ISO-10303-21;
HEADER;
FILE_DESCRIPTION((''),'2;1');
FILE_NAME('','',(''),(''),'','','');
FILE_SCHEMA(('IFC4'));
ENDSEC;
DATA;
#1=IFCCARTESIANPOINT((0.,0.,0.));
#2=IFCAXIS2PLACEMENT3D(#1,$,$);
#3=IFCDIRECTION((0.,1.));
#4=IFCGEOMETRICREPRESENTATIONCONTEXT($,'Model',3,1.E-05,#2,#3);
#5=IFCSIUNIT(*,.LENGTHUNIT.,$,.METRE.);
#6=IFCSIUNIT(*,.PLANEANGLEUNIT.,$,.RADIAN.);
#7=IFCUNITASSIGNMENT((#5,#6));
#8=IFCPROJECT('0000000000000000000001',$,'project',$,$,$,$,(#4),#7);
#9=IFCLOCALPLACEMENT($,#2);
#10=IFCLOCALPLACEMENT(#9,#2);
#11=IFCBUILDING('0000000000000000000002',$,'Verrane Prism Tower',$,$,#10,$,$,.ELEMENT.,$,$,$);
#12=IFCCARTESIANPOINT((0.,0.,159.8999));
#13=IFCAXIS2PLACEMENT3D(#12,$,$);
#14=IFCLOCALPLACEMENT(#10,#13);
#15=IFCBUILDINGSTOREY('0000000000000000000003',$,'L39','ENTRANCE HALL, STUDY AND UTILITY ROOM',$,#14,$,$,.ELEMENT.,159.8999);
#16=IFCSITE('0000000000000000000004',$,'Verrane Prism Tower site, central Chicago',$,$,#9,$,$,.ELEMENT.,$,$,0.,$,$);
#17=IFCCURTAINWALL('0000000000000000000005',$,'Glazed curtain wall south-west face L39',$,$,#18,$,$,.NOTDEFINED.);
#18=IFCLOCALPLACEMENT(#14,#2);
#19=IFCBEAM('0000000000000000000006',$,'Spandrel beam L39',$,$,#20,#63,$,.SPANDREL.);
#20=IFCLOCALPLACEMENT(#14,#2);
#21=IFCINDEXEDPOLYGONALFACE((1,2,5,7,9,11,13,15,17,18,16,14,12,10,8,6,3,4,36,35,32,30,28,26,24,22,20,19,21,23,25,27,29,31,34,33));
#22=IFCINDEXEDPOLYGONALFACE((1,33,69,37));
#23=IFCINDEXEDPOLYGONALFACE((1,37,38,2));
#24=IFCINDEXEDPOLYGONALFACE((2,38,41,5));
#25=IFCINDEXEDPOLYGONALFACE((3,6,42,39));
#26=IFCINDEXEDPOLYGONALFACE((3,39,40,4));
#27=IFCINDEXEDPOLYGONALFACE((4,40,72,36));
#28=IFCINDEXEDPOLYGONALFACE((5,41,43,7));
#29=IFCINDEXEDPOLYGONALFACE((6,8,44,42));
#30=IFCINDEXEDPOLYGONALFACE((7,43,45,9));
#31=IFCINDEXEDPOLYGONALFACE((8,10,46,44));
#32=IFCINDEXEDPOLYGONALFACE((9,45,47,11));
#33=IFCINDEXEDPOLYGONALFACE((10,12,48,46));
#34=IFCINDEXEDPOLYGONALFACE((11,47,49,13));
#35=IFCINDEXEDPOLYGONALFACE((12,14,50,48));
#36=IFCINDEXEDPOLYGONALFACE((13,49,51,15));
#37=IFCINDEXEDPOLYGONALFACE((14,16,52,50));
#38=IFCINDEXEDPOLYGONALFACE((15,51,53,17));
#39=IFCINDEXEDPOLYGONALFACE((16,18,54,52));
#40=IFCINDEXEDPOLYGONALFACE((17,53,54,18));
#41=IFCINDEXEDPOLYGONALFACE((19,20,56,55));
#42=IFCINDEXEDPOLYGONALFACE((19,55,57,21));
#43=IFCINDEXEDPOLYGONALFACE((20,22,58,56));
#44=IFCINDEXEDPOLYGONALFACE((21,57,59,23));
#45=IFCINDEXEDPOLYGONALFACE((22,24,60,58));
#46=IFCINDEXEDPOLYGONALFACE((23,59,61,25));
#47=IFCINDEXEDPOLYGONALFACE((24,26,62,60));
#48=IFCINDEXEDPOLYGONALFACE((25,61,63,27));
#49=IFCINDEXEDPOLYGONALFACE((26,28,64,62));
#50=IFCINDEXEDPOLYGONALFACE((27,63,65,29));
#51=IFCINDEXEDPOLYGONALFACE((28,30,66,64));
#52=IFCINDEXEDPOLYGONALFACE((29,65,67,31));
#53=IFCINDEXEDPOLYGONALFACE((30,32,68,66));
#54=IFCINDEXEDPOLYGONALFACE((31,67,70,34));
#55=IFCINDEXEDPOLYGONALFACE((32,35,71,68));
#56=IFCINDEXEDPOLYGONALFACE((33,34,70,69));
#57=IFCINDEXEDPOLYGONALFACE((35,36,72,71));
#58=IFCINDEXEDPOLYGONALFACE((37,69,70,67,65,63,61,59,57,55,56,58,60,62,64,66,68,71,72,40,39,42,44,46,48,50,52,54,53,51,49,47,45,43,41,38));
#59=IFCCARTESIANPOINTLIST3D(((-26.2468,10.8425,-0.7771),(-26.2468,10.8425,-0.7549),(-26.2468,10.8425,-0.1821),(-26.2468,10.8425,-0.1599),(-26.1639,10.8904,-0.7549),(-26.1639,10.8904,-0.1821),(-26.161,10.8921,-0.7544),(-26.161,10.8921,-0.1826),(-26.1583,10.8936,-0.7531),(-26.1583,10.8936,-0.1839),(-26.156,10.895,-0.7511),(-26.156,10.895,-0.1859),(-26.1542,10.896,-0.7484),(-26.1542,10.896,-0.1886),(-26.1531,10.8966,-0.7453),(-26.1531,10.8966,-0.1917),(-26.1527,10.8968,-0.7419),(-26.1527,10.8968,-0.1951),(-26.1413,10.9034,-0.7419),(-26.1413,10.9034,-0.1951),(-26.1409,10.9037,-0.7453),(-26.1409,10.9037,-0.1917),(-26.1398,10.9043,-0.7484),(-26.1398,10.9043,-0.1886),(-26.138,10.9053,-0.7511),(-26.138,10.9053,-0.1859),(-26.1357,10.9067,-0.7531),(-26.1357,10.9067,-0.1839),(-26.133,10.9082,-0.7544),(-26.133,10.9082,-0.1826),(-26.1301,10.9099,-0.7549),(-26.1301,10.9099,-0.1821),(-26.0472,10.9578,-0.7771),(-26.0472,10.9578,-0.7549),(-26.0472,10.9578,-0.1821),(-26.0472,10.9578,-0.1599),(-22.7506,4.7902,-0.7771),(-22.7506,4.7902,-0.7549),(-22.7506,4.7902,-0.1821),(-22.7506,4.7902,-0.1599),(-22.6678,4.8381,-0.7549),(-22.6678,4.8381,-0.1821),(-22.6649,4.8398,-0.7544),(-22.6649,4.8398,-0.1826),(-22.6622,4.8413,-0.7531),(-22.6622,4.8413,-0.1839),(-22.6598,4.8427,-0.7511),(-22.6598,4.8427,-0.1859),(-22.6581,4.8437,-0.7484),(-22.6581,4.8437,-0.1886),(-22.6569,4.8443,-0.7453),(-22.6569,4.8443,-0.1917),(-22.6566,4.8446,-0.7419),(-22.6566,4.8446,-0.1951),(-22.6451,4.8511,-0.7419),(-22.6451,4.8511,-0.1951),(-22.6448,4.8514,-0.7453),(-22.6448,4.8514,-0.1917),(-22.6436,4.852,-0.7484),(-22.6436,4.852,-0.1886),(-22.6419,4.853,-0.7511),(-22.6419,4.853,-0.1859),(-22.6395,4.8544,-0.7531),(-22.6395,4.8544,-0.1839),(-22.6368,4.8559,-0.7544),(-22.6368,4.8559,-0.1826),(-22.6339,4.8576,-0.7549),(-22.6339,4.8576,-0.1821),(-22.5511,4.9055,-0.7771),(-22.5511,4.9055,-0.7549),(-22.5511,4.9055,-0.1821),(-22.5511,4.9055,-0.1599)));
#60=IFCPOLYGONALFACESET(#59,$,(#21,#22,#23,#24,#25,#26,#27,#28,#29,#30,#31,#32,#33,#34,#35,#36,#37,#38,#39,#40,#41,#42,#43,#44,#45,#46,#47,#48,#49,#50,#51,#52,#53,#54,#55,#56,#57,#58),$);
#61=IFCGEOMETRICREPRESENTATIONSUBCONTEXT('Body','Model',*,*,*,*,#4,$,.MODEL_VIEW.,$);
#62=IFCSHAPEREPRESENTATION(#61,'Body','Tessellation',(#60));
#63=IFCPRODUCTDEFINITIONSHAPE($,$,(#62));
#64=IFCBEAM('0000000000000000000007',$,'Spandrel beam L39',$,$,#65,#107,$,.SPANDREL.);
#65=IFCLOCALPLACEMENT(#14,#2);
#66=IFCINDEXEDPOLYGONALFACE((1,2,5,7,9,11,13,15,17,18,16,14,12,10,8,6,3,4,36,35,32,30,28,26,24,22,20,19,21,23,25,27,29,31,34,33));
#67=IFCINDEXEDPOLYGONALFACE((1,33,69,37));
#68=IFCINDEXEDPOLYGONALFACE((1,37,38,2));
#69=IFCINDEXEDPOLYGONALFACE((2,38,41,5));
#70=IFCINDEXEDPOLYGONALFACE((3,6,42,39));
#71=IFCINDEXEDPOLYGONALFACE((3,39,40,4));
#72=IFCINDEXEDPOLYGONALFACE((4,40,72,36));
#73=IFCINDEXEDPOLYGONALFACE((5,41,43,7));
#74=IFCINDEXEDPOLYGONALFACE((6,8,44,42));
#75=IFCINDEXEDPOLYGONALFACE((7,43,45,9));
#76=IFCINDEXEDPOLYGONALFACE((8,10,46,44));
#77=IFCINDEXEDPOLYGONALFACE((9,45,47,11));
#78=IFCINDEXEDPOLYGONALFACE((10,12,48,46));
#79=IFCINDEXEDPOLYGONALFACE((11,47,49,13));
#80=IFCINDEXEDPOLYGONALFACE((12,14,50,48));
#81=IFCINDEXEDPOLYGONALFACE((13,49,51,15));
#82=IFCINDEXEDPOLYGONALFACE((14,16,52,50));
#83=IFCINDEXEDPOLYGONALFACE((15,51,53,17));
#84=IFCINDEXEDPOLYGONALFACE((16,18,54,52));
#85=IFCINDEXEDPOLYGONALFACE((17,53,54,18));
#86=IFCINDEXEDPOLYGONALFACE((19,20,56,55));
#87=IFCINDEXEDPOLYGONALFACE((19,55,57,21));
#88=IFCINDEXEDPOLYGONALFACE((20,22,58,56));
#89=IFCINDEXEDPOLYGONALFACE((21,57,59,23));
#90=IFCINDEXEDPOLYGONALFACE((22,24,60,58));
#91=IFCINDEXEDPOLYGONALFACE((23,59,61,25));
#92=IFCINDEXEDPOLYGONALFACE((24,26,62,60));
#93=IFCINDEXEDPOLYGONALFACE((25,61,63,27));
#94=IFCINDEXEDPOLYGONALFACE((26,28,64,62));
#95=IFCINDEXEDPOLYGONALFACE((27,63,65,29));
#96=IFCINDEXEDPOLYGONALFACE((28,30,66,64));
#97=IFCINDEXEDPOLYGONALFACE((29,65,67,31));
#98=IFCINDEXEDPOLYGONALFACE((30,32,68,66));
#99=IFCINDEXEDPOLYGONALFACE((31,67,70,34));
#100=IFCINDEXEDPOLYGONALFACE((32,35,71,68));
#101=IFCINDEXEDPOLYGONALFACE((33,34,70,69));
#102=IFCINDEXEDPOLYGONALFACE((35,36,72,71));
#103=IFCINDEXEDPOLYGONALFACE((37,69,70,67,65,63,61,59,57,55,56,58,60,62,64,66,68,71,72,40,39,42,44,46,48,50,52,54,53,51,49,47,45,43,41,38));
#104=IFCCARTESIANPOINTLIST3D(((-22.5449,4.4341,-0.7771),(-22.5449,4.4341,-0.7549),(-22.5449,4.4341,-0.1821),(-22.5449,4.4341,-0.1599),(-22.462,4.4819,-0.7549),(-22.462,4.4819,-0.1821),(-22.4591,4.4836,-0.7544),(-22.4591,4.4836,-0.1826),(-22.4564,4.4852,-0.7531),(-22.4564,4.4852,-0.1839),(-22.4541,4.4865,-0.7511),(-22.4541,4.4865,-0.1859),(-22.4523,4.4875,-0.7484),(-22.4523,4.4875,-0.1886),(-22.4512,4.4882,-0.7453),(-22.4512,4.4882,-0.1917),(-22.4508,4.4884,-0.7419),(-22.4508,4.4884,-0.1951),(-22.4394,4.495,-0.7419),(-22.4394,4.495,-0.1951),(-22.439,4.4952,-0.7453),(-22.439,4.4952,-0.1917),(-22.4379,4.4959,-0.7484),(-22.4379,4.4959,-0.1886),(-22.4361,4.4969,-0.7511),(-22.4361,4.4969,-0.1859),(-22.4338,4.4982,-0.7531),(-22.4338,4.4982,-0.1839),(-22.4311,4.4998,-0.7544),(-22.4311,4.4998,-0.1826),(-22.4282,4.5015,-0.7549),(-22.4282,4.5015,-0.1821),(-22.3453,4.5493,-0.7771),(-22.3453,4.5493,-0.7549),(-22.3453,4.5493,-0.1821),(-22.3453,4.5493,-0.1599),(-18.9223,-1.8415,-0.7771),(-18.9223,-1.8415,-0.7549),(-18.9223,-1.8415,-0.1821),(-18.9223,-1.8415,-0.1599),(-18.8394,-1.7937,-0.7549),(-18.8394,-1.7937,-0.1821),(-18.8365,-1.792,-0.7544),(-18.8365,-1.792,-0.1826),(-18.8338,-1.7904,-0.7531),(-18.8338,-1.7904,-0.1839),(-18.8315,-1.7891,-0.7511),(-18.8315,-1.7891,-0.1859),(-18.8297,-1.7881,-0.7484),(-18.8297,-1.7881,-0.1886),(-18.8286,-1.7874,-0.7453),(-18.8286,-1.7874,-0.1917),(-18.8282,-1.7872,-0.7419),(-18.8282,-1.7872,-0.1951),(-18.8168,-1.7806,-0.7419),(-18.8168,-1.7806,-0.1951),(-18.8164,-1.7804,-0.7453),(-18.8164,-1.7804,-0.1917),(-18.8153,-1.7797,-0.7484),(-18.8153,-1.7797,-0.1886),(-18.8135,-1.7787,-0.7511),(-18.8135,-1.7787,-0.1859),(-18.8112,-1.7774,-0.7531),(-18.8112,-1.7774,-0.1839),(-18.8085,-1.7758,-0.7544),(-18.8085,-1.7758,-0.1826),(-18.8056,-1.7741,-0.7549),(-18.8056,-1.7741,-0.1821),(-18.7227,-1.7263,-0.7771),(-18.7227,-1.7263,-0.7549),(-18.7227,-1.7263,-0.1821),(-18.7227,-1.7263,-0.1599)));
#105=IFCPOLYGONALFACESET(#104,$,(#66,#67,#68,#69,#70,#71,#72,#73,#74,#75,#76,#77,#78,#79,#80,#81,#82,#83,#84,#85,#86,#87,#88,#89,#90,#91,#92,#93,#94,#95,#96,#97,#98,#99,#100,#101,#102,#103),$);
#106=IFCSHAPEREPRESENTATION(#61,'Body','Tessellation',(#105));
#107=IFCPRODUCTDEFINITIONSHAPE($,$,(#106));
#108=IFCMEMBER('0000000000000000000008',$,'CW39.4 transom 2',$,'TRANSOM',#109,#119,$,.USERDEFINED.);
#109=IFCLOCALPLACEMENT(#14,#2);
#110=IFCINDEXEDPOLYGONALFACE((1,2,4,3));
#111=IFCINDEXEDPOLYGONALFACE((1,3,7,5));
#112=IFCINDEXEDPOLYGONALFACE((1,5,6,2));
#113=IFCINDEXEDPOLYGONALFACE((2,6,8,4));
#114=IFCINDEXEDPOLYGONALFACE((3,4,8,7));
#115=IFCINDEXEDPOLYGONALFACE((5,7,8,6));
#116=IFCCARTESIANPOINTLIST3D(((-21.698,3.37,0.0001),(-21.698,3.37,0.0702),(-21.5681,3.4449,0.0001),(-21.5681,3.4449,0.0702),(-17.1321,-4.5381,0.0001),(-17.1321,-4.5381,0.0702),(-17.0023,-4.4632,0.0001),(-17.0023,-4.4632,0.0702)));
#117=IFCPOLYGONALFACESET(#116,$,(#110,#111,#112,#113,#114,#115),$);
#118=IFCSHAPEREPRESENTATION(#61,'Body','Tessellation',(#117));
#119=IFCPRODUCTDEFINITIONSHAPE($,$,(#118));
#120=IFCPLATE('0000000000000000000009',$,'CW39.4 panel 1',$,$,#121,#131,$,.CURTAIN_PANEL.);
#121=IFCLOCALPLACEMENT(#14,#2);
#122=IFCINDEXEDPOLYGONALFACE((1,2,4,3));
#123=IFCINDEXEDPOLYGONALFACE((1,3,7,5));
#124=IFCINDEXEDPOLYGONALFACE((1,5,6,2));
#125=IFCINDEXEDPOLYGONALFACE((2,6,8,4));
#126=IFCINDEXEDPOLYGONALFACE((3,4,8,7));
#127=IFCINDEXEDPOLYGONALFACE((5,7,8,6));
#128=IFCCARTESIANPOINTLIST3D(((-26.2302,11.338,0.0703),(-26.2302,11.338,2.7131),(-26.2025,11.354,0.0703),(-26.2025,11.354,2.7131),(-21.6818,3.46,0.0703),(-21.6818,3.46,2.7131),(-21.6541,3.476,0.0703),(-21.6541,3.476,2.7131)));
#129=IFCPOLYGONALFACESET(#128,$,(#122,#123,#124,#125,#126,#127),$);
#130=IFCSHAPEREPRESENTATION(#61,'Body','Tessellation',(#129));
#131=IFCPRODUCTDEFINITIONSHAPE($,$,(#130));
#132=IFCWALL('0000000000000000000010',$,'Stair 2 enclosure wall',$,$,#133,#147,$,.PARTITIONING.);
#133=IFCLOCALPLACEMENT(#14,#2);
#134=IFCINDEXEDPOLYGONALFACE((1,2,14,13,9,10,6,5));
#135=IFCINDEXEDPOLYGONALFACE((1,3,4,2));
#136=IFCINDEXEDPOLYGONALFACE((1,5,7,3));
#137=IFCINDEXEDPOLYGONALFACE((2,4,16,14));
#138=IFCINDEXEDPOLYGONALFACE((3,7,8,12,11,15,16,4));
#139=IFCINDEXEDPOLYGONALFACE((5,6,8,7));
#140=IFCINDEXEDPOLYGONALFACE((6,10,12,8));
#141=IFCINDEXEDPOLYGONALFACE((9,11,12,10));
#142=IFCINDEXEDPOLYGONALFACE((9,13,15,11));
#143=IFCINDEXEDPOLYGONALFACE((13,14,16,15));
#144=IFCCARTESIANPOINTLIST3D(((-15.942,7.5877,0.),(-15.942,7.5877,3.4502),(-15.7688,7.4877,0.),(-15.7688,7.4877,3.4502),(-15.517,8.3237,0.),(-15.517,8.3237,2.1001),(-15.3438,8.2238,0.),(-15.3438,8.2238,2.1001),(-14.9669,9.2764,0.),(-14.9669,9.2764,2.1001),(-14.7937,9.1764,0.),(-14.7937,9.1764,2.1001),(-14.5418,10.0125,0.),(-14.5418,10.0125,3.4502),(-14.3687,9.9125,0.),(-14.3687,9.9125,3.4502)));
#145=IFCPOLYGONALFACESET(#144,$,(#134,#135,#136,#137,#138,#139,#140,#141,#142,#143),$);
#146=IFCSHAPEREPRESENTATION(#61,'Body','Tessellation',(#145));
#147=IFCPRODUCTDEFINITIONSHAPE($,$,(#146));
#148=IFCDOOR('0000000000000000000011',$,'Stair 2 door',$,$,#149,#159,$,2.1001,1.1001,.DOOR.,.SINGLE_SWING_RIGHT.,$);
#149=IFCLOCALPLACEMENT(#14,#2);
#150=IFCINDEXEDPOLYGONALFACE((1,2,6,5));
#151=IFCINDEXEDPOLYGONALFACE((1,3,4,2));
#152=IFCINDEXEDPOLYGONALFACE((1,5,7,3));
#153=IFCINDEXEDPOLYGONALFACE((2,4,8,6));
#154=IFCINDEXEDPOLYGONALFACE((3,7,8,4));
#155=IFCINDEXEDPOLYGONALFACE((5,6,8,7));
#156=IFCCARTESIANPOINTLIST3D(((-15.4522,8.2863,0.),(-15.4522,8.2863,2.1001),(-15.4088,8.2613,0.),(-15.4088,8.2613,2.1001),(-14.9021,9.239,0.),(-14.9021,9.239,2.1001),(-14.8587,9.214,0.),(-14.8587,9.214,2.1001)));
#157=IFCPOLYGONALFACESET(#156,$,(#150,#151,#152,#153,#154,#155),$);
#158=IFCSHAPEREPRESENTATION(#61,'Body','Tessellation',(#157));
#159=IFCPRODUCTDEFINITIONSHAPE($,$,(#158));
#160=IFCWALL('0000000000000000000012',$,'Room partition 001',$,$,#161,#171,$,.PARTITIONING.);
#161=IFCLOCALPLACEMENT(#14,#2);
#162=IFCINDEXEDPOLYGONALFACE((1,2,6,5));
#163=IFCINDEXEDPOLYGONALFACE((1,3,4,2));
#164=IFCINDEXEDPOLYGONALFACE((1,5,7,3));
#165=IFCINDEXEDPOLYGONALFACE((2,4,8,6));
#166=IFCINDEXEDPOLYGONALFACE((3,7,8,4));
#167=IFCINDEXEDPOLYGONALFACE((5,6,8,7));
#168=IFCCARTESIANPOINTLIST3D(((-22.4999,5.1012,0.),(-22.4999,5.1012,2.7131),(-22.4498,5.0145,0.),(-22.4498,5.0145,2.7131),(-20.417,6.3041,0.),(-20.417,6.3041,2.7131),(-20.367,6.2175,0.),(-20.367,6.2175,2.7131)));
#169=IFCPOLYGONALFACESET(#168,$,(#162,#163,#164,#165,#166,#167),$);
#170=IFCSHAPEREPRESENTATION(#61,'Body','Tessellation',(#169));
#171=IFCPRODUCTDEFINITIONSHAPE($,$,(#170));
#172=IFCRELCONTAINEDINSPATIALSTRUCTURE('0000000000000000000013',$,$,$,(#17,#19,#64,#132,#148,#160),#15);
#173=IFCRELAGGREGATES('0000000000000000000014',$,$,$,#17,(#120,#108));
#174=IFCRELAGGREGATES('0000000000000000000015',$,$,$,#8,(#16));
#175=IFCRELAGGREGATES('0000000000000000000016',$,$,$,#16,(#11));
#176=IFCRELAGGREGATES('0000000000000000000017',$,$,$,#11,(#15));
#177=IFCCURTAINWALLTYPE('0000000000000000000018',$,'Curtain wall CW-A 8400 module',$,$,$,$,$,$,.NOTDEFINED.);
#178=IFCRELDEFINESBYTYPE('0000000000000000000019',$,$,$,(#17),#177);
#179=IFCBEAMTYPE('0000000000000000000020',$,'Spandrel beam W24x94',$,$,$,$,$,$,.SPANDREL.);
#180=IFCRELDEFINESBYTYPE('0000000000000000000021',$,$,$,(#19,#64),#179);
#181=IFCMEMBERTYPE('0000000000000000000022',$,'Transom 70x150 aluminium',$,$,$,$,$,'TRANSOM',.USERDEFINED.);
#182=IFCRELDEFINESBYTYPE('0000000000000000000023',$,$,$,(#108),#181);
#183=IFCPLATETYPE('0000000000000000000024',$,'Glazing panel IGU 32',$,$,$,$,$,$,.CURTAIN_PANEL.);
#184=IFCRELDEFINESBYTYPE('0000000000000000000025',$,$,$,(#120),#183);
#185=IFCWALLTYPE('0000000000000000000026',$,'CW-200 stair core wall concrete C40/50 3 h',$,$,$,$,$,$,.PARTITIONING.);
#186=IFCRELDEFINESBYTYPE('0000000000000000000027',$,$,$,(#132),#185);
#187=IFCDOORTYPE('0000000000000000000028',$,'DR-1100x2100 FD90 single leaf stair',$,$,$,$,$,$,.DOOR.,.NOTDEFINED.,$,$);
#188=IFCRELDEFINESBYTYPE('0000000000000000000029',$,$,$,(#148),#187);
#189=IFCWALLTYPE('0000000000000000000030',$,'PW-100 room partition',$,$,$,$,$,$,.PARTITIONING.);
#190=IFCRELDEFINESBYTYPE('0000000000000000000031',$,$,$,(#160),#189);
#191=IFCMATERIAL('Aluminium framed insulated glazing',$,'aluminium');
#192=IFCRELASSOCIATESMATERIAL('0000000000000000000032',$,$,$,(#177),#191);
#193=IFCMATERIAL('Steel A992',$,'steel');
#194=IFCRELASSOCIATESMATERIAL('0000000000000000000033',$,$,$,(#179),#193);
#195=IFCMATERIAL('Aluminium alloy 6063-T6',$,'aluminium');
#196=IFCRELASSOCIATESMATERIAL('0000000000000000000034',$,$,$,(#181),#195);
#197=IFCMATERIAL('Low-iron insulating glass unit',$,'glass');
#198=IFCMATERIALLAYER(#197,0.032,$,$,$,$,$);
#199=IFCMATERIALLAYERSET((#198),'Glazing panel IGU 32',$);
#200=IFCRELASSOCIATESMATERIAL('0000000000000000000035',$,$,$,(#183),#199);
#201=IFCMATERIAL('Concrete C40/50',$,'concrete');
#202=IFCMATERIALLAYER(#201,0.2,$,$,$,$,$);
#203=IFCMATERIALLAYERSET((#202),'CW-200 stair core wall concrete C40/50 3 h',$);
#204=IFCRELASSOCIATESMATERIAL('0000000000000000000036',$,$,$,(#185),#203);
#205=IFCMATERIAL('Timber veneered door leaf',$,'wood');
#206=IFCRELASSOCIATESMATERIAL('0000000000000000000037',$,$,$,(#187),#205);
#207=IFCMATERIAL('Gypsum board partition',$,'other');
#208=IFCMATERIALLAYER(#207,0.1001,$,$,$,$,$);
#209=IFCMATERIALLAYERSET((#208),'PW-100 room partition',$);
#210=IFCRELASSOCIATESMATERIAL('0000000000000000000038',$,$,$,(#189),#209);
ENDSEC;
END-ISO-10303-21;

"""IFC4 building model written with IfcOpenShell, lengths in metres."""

from ifc_helpers import new_model, si_unit, direction, frame, frame_2d, origin, origin_2d, place, context, subcontext, project, spatial, rectangle, i_section, extrude, material, layer, layer_set, material_profile, profile_set, type_object, element, fill, aggregate, save


model = new_model("IFC4")

# Units and contexts
model_context = context("Model", 3, precision=1e-05, world=origin(), true_north=direction((0.0, 1.0)))
body_context = subcontext(model_context, "Body", "Model", "MODEL_VIEW")
ifc_project = project(units=[si_unit("LENGTHUNIT", "METRE"), si_unit("PLANEANGLEUNIT", "RADIAN")], contexts=[model_context])

# Site, building, storey
site_placement = place(None, origin())
site = spatial("IfcSite", under=ifc_project, at=site_placement, Name="Verrane Prism Tower site, central Chicago", CompositionType="ELEMENT", RefElevation=0.0)
building_placement = place(site_placement, origin())
building = spatial("IfcBuilding", under=site, at=building_placement, Name="Verrane Prism Tower", CompositionType="ELEMENT")
storey_placement = place(building_placement, frame((0.0, 0.0, 159.8999)))
storey = spatial("IfcBuildingStorey", under=building, at=storey_placement, Name="L39", Description="ENTRANCE HALL, STUDY AND UTILITY ROOM", CompositionType="ELEMENT", Elevation=159.8999)

# Curtain wall
ifc_material_1 = material(Name="Aluminium framed insulated glazing", Category="aluminium")
curtain_wall_type = type_object("IfcCurtainWallType", Name="Curtain wall CW-A 8400 module", PredefinedType="NOTDEFINED", material=ifc_material_1)
curtain_wall_placement = place(storey_placement, origin())
curtain_wall = element("IfcCurtainWall", 1, at=curtain_wall_placement, inside=storey, type_object=curtain_wall_type, Name="Glazed curtain wall south-west face L39", PredefinedType="NOTDEFINED")

# Beams
ifc_material_2 = material(Name="Steel A992", Category="steel")
ifc_material_profile_1 = material_profile(ifc_material_2, i_section(OverallWidth=0.2305, OverallDepth=0.6172, WebThickness=0.0132, FlangeThickness=0.0222, FilletRadius=0.0129, at=origin_2d()), Name="W24x94")
ifc_profile_set_1 = profile_set([ifc_material_profile_1], Name="Steel A992")
beam_type_1 = type_object("IfcBeamType", Name="Spandrel beam W24x94", PredefinedType="SPANDREL", material=ifc_profile_set_1)
beam_1_placement = place(storey_placement, frame((-26.147, 10.9001, -0.4685), z_axis=(0.500196, -0.865912, 0.0), x_axis=(0.865912, 0.500196, 0.0)))
element("IfcBeam", 2, at=beam_1_placement, inside=storey, type_object=beam_type_1, Name="Spandrel beam L39", PredefinedType="SPANDREL", context=body_context, shape_type="SweptSolid", body=[
    extrude(i_section(OverallWidth=0.2305, OverallDepth=0.6172, WebThickness=0.0132, FlangeThickness=0.0222, FilletRadius=0.0129, at=origin_2d()), origin(), (0.0, 0.0, 1.0), 6.9895),
])
beam_2_placement = place(storey_placement, frame((-22.4451, 4.4917, -0.4685), z_axis=(0.49993, -0.866066, 0.0), x_axis=(0.866066, 0.49993, 0.0)))
element("IfcBeam", 3, at=beam_2_placement, inside=storey, type_object=beam_type_1, Name="Spandrel beam L39", PredefinedType="SPANDREL", context=body_context, shape_type="SweptSolid", body=[
    extrude(i_section(OverallWidth=0.2305, OverallDepth=0.6172, WebThickness=0.0132, FlangeThickness=0.0222, FilletRadius=0.0129, at=origin_2d()), origin(), (0.0, 0.0, 1.0), 7.2461),
])

# Member
ifc_material_3 = material(Name="Aluminium alloy 6063-T6", Category="aluminium")
ifc_material_profile_2 = material_profile(ifc_material_3, rectangle(XDim=0.1499, YDim=0.0701, at=origin_2d()), Name="Transom 70x150 aluminium")
ifc_profile_set_2 = profile_set([ifc_material_profile_2], Name="Aluminium alloy 6063-T6")
member_type_1 = type_object("IfcMemberType", Name="Transom 70x150 aluminium", ElementType="TRANSOM", PredefinedType="USERDEFINED", material=ifc_profile_set_2)
member_1_placement = place(storey_placement, frame((-21.6331, 3.4075, 0.0352), z_axis=(0.500009, -0.86602, 0.0), x_axis=(0.86602, 0.500009, 0.0)))
member_1 = element("IfcMember", 4, at=member_1_placement, type_object=member_type_1, Name="CW39.4 transom 2", ObjectType="TRANSOM", PredefinedType="USERDEFINED", context=body_context, shape_type="SweptSolid", body=[
    extrude(rectangle(XDim=0.1499, YDim=0.0701, at=origin_2d()), origin(), (0.0, 0.0, 1.0), 9.1316),
])

# Plate
ifc_material_4 = material(Name="Low-iron insulating glass unit", Category="glass")
ifc_layer_1 = layer(ifc_material_4, 0.032)
ifc_layer_set_1 = layer_set([ifc_layer_1], Name="Glazing panel IGU 32")
plate_type = type_object("IfcPlateType", Name="Glazing panel IGU 32", PredefinedType="CURTAIN_PANEL", material=ifc_layer_set_1)
plate_placement = place(storey_placement, frame((-23.9421, 7.407, 0.0703), z_axis=(0.0, 0.0, 1.0), x_axis=(0.499999, -0.866026, 0.0)))
plate = element("IfcPlate", 5, at=plate_placement, type_object=plate_type, Name="CW39.4 panel 1", PredefinedType="CURTAIN_PANEL", context=body_context, shape_type="SweptSolid", body=[
    extrude(rectangle(XDim=9.0967, YDim=0.032, at=origin_2d()), origin(), (0.0, 0.0, 1.0), 2.6428),
])
aggregate(curtain_wall, [plate, member_1])

# Wall, opening, door
ifc_material_5 = material(Name="Concrete C40/50", Category="concrete")
ifc_layer_2 = layer(ifc_material_5, 0.2)
ifc_layer_set_2 = layer_set([ifc_layer_2], Name="CW-200 stair core wall concrete C40/50 3 h")
wall_type_1 = type_object("IfcWallType", Name="CW-200 stair core wall concrete C40/50 3 h", PredefinedType="PARTITIONING", material=ifc_layer_set_2)
wall_1_placement = place(storey_placement, frame((-14.4553, 9.9624, 0.0), z_axis=(0.0, 0.0, 1.0), x_axis=(-0.50005, -0.865997, 0.0)))
wall_1 = element("IfcWall", 6, at=wall_1_placement, inside=storey, type_object=wall_type_1, Name="Stair 2 enclosure wall", PredefinedType="PARTITIONING", context=body_context, shape_type="SweptSolid", body=[
    extrude(rectangle(XDim=2.8, YDim=0.2, at=frame_2d((1.3999, 0.0))), origin(), (0.0, 0.0, 1.0), 3.4502),
])
opening_1_placement = place(wall_1_placement, frame((0.8499, 0.0, 0.0)))
opening_1 = element("IfcOpeningElement", 7, at=opening_1_placement, cuts=wall_1, PredefinedType="OPENING", context=body_context, shape_type="SweptSolid", body=[
    extrude(rectangle(XDim=1.1001, YDim=2.1001, at=frame_2d((0.55, 1.05))), frame((0.0, 0.1099, 0.0), z_axis=(0.0, -1.0, 0.0), x_axis=(1.0, 0.0, 0.0)), (0.0, 0.0, 1.0), 0.22),
])
ifc_material_6 = material(Name="Timber veneered door leaf", Category="wood")
door_type_1 = type_object("IfcDoorType", Name="DR-1100x2100 FD90 single leaf stair", OperationType="NOTDEFINED", PredefinedType="DOOR", material=ifc_material_6)
door_1_placement = place(opening_1_placement, origin())
door_1 = element("IfcDoor", 8, at=door_1_placement, inside=storey, type_object=door_type_1, Name="Stair 2 door", OperationType="SINGLE_SWING_RIGHT", OverallHeight=2.1001, OverallWidth=1.1001, PredefinedType="DOOR", context=body_context, shape_type="SweptSolid", body=[
    extrude(rectangle(XDim=1.1001, YDim=2.1001, at=frame_2d((0.55, 1.05))), frame((0.0, 0.0249, 0.0), z_axis=(0.0, -1.0, 0.0), x_axis=(1.0, 0.0, 0.0)), (0.0, 0.0, 1.0), 0.05),
])
fill(opening_1, door_1)

# Wall
ifc_material_7 = material(Name="Gypsum board partition", Category="other")
ifc_layer_3 = layer(ifc_material_7, 0.1001)
ifc_layer_set_3 = layer_set([ifc_layer_3], Name="PW-100 room partition")
wall_type_2 = type_object("IfcWallType", Name="PW-100 room partition", PredefinedType="PARTITIONING", material=ifc_layer_set_3)
wall_2_placement = place(storey_placement, frame((-22.4749, 5.0579, 0.0), z_axis=(0.0, 0.0, 1.0), x_axis=(0.865954, 0.500124, 0.0)))
element("IfcWall", 9, at=wall_2_placement, inside=storey, type_object=wall_type_2, Name="Room partition 001", PredefinedType="PARTITIONING", context=body_context, shape_type="SweptSolid", body=[
    extrude(rectangle(XDim=2.4053, YDim=0.1001, at=frame_2d((1.2026, 0.0))), origin(), (0.0, 0.0, 1.0), 2.7131),
])

save(model, "model.ifc")
